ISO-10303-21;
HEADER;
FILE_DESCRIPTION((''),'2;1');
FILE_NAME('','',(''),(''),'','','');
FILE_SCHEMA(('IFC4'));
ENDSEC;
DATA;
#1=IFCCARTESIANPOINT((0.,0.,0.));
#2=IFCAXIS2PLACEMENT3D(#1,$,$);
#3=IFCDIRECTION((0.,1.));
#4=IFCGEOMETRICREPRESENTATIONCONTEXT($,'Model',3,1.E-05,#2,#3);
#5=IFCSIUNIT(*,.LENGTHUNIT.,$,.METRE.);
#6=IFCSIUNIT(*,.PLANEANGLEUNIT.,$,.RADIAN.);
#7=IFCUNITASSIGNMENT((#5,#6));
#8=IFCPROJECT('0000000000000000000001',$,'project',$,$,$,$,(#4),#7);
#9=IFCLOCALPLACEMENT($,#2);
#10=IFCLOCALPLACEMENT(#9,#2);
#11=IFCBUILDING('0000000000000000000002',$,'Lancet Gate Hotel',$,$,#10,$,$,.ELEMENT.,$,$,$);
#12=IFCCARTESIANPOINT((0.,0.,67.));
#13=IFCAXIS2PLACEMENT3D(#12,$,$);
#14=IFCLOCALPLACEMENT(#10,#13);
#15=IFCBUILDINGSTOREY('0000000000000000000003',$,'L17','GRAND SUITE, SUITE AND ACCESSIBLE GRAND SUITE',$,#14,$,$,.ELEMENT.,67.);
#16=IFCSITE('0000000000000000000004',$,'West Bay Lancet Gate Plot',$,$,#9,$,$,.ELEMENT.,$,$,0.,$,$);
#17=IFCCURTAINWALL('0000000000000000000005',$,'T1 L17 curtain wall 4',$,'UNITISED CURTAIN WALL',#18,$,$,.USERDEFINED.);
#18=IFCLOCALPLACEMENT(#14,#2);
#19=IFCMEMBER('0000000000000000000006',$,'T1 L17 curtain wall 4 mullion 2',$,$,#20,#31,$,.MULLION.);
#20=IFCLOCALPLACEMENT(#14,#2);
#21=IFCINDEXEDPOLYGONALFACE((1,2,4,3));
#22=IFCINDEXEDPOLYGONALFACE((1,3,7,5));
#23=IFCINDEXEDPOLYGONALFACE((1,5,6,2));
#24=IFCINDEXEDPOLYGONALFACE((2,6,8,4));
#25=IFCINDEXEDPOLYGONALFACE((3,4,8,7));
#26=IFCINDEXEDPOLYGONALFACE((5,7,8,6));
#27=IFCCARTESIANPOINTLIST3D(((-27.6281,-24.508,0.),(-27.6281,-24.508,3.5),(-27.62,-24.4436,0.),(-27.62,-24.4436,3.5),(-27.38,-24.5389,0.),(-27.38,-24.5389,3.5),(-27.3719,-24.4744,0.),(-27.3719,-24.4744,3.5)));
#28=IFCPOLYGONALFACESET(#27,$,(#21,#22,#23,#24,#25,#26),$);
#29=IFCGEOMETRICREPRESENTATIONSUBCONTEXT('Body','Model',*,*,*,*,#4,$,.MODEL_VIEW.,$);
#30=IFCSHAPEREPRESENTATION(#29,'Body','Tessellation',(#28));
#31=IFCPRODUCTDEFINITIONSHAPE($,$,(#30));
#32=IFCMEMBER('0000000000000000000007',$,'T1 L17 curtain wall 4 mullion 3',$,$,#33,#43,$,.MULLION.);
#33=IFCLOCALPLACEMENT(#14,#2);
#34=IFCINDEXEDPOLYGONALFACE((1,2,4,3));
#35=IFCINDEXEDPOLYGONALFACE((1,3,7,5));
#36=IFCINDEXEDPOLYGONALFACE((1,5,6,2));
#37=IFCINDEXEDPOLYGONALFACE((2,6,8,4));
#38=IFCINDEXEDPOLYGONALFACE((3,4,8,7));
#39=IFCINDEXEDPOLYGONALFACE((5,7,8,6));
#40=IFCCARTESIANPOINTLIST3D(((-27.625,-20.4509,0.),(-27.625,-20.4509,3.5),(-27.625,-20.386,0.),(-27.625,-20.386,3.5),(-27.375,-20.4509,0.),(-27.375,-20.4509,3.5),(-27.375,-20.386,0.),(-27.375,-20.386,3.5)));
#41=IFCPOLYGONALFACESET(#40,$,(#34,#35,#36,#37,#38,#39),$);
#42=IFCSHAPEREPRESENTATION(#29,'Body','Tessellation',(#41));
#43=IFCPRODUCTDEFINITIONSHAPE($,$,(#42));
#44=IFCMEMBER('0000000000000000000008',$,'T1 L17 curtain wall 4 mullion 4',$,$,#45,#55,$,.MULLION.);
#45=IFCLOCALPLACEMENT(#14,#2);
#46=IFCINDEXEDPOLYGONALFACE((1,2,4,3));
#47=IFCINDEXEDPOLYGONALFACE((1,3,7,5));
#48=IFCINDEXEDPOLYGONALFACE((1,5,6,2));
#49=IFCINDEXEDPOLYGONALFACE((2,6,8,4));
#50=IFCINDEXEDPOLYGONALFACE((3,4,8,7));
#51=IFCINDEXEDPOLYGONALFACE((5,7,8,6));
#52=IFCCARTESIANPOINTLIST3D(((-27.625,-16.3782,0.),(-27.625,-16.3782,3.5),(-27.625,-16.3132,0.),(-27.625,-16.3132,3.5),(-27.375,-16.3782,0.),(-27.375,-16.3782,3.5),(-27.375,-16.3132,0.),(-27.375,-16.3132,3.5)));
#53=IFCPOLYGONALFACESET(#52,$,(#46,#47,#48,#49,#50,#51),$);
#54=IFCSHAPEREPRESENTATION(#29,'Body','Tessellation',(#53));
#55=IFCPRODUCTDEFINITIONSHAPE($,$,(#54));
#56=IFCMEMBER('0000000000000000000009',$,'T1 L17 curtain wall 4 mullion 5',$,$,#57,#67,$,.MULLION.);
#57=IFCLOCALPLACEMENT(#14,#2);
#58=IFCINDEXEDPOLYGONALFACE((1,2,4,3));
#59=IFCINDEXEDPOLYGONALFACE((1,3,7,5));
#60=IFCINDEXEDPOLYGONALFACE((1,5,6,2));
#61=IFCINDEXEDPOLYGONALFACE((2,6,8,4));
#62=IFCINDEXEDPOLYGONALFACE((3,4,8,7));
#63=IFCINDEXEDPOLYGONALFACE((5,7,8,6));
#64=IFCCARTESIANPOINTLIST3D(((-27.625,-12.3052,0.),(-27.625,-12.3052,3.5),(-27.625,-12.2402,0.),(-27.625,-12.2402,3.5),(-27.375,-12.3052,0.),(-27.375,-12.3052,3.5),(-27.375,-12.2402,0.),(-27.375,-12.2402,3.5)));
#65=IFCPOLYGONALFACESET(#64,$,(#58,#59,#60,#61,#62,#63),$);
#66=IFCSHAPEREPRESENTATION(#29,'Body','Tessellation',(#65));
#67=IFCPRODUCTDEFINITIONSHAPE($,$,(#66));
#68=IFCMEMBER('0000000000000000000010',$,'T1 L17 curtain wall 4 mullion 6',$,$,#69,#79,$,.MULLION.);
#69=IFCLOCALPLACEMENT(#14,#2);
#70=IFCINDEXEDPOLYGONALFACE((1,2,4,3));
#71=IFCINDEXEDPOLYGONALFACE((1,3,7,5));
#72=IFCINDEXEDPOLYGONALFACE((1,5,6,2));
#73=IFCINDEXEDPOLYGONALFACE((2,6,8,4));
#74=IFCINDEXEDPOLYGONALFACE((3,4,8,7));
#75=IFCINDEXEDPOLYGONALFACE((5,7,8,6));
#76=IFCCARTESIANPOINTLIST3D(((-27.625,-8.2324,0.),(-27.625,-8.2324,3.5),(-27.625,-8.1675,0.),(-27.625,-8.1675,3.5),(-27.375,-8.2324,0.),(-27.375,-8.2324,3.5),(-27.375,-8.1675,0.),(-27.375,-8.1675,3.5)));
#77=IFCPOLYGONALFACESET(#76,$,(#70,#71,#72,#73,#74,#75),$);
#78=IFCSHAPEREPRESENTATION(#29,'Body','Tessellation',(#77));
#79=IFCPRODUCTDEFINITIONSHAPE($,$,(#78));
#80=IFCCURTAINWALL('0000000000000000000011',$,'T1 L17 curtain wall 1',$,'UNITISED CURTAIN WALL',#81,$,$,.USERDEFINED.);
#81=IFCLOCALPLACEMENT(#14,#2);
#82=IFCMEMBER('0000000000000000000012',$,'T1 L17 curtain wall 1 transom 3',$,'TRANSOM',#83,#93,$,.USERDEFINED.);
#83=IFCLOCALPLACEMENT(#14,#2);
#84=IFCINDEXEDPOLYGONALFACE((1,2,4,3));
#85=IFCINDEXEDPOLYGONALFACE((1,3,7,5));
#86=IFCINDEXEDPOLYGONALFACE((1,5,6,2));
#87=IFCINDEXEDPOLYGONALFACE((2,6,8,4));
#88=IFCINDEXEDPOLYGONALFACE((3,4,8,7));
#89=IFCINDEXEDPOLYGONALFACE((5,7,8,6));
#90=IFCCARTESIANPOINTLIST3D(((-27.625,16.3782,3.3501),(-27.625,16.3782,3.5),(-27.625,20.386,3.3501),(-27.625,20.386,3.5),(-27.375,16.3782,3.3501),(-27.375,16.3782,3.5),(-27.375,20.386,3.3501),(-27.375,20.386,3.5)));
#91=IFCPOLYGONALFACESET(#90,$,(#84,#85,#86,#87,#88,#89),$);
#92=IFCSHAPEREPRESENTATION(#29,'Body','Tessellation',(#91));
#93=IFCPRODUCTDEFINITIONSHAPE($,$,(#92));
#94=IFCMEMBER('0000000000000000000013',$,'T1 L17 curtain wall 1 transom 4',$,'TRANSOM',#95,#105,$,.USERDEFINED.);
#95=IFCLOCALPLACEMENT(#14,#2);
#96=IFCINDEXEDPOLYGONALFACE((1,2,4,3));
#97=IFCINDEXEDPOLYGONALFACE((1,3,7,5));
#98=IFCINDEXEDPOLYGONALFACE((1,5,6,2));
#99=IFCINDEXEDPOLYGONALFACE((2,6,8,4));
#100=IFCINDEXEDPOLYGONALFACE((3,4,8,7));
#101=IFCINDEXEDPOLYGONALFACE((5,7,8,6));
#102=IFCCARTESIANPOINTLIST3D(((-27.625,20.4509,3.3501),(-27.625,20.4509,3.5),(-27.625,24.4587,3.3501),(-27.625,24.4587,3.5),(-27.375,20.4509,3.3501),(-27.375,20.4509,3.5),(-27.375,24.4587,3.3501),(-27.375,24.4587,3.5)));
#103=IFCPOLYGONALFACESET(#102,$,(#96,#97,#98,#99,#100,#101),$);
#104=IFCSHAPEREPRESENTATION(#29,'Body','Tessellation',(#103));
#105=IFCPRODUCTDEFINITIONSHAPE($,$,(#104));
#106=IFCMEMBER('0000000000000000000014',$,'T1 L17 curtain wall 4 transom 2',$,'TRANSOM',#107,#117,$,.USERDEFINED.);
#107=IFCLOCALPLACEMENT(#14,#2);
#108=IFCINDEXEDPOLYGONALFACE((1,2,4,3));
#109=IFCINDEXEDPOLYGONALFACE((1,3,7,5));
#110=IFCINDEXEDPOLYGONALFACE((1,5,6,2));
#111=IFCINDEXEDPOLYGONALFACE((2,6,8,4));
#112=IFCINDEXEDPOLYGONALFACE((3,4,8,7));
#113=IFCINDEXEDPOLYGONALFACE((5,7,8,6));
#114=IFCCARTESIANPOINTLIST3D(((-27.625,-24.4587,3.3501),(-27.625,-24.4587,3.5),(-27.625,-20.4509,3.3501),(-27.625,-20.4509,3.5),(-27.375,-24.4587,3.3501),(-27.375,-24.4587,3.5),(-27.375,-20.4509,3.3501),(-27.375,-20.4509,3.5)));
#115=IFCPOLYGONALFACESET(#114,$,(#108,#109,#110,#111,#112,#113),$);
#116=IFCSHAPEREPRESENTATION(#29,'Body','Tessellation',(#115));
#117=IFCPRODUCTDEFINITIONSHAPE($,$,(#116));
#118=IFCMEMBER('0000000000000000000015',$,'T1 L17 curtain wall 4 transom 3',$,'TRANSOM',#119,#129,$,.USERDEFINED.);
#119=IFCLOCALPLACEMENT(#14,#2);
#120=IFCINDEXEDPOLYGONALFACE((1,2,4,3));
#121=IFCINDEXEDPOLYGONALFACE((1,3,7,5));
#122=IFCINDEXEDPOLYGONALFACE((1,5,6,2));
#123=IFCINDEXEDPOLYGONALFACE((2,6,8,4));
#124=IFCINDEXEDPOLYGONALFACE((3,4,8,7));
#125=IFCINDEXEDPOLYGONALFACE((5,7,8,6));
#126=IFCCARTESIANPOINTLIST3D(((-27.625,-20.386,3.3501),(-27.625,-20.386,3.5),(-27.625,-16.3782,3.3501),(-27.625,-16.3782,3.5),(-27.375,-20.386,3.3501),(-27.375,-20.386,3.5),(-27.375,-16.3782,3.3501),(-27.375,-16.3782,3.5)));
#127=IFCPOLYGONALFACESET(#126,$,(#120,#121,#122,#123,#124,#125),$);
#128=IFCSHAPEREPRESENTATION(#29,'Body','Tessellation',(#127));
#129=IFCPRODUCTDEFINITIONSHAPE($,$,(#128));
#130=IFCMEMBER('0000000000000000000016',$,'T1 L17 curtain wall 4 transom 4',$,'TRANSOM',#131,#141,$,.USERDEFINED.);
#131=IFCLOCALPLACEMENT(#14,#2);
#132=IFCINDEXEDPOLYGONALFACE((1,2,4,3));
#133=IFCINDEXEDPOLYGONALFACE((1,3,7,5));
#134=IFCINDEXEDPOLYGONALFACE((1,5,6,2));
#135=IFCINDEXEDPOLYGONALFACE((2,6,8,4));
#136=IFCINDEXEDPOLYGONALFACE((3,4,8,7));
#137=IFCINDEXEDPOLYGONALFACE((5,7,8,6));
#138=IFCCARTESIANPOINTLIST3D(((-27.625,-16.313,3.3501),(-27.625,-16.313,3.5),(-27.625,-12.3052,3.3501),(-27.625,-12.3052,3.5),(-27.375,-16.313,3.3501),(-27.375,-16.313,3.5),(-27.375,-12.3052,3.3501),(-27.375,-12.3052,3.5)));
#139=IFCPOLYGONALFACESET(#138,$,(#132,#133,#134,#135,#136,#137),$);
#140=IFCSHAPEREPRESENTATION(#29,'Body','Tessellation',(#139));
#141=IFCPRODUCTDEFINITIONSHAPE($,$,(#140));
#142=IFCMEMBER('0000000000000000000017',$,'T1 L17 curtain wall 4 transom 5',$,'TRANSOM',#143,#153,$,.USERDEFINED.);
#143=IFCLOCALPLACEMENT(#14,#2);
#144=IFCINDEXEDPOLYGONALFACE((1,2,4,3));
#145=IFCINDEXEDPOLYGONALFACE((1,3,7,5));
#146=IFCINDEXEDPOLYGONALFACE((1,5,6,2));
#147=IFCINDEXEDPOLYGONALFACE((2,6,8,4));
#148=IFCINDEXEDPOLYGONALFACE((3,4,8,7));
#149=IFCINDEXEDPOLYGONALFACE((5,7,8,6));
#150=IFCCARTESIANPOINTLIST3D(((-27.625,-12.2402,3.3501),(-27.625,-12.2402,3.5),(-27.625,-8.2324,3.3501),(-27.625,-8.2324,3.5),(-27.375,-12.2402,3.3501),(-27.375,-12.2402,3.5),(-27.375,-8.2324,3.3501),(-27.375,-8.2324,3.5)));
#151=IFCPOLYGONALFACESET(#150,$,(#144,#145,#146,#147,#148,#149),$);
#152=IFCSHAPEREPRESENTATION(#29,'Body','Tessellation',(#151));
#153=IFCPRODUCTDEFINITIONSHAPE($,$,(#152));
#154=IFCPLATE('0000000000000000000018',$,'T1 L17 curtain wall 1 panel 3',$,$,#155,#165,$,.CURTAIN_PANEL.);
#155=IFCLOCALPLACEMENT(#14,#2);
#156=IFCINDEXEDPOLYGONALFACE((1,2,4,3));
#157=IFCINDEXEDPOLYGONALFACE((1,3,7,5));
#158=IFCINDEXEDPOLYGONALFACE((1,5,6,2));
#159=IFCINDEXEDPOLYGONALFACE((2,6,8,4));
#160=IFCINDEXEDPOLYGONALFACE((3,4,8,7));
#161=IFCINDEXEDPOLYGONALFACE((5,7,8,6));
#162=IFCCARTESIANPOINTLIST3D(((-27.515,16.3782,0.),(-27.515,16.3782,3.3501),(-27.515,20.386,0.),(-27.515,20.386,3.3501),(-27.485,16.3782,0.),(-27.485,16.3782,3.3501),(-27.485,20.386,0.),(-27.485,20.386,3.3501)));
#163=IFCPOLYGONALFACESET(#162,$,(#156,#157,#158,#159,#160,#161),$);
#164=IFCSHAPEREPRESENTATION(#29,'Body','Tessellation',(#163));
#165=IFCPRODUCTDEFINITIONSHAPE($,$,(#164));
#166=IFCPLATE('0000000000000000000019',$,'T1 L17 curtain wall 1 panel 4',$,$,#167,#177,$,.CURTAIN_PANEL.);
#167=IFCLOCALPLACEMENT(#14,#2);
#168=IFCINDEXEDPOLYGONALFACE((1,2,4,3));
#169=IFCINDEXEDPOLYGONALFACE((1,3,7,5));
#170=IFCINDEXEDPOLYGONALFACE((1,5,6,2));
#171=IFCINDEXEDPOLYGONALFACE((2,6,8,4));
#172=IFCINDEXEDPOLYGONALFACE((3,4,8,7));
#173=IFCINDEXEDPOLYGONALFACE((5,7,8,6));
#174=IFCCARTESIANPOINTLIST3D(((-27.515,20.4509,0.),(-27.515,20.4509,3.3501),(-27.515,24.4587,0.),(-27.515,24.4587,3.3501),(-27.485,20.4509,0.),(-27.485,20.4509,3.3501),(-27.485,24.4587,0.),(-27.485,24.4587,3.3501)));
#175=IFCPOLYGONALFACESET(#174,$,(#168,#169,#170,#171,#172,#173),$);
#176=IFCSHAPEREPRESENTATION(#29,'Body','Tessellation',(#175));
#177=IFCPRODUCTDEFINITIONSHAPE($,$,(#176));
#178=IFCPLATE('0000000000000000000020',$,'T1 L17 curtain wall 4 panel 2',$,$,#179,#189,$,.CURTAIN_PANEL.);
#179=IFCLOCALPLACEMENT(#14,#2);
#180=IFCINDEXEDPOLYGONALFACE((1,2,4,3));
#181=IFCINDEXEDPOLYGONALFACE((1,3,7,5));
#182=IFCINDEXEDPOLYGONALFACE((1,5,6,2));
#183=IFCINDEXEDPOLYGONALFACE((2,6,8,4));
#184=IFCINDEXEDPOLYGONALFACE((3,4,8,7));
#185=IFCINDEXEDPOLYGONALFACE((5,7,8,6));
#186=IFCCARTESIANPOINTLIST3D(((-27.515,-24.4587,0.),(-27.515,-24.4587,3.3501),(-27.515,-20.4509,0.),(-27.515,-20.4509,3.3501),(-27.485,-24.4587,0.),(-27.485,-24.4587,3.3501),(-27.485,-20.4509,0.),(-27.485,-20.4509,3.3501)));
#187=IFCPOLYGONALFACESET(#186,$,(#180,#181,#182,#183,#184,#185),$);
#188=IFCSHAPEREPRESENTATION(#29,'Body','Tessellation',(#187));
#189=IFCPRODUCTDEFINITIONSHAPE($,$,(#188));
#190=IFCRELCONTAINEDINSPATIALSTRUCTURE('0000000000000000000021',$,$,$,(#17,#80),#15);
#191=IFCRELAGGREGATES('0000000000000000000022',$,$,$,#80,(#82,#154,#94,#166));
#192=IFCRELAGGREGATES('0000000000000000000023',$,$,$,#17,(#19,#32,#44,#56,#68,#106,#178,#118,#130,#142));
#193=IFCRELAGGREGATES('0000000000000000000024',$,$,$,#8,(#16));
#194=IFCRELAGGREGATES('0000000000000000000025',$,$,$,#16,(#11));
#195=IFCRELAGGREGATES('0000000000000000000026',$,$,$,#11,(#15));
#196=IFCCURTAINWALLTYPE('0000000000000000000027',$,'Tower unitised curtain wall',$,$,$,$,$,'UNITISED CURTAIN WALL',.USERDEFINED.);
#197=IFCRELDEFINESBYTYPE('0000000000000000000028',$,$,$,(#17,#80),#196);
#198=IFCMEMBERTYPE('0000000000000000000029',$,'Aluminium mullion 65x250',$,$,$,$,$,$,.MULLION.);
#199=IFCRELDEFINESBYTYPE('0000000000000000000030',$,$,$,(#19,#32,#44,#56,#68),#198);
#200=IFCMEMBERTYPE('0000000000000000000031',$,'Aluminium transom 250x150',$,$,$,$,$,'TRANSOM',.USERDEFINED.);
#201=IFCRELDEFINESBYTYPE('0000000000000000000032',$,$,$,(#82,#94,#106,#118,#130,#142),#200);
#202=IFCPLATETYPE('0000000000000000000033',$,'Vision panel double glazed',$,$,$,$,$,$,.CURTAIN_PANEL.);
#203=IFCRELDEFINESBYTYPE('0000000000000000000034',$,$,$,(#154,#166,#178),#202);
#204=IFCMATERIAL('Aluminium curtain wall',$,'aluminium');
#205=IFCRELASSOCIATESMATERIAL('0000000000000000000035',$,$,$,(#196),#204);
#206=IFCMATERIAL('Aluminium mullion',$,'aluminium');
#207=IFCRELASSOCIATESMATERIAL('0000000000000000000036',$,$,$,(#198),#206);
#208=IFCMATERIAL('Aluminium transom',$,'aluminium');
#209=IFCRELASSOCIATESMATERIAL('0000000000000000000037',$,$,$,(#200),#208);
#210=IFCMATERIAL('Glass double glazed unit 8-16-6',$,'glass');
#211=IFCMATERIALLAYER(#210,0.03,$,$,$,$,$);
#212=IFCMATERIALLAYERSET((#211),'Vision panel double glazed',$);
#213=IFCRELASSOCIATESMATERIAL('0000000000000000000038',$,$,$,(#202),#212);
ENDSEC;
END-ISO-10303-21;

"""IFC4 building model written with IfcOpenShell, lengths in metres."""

from ifc_helpers import new_model, si_unit, direction, frame, origin, origin_2d, place, context, subcontext, project, spatial, rectangle, extrude, material, layer, layer_set, material_profile, profile_set, type_object, element, aggregate, save


model = new_model("IFC4")

# Units and contexts
model_context = context("Model", 3, precision=1e-05, world=origin(), true_north=direction((0.0, 1.0)))
body_context = subcontext(model_context, "Body", "Model", "MODEL_VIEW")
ifc_project = project(units=[si_unit("LENGTHUNIT", "METRE"), si_unit("PLANEANGLEUNIT", "RADIAN")], contexts=[model_context])

# Site, building, storey
site_placement = place(None, origin())
site = spatial("IfcSite", under=ifc_project, at=site_placement, Name="West Bay Lancet Gate Plot", CompositionType="ELEMENT", RefElevation=0.0)
building_placement = place(site_placement, origin())
building = spatial("IfcBuilding", under=site, at=building_placement, Name="Lancet Gate Hotel", CompositionType="ELEMENT")
storey_placement = place(building_placement, frame((0.0, 0.0, 67.0)))
storey = spatial("IfcBuildingStorey", under=building, at=storey_placement, Name="L17", Description="GRAND SUITE, SUITE AND ACCESSIBLE GRAND SUITE", CompositionType="ELEMENT", Elevation=67.0)

# Curtain walls, members
ifc_material_1 = material(Name="Aluminium curtain wall", Category="aluminium")
curtain_wall_type = type_object("IfcCurtainWallType", Name="Tower unitised curtain wall", ElementType="UNITISED CURTAIN WALL", PredefinedType="USERDEFINED", material=ifc_material_1)
curtain_wall_1_placement = place(storey_placement, origin())
curtain_wall_1 = element("IfcCurtainWall", 1, at=curtain_wall_1_placement, inside=storey, type_object=curtain_wall_type, Name="T1 L17 curtain wall 4", ObjectType="UNITISED CURTAIN WALL", PredefinedType="USERDEFINED")
ifc_material_2 = material(Name="Aluminium mullion", Category="aluminium")
ifc_material_profile_1 = material_profile(ifc_material_2, rectangle(XDim=0.0649, YDim=0.25, at=origin_2d()), Name="MULLION 65x250")
ifc_profile_set_1 = profile_set([ifc_material_profile_1], Name="Aluminium mullion")
member_type_1 = type_object("IfcMemberType", Name="Aluminium mullion 65x250", PredefinedType="MULLION", material=ifc_profile_set_1)
member_1_placement = place(storey_placement, frame((-27.5, -24.4912, 0.0), z_axis=(0.0, 0.0, 1.0), x_axis=(0.123483, 0.992347, 0.0)))
member_1 = element("IfcMember", 2, at=member_1_placement, type_object=member_type_1, Name="T1 L17 curtain wall 4 mullion 2", PredefinedType="MULLION", context=body_context, shape_type="SweptSolid", body=[
    extrude(rectangle(XDim=0.0649, YDim=0.25, at=origin_2d()), origin(), (0.0, 0.0, 1.0), 3.5),
])
member_2_placement = place(storey_placement, frame((-27.5, -20.4185, 0.0), z_axis=(0.0, 0.0, 1.0), x_axis=(0.0, 1.0, 0.0)))
member_2 = element("IfcMember", 3, at=member_2_placement, type_object=member_type_1, Name="T1 L17 curtain wall 4 mullion 3", PredefinedType="MULLION", context=body_context, shape_type="SweptSolid", body=[
    extrude(rectangle(XDim=0.0649, YDim=0.25, at=origin_2d()), origin(), (0.0, 0.0, 1.0), 3.5),
])
member_3_placement = place(storey_placement, frame((-27.5, -16.3457, 0.0), z_axis=(0.0, 0.0, 1.0), x_axis=(0.0, 1.0, 0.0)))
member_3 = element("IfcMember", 4, at=member_3_placement, type_object=member_type_1, Name="T1 L17 curtain wall 4 mullion 4", PredefinedType="MULLION", context=body_context, shape_type="SweptSolid", body=[
    extrude(rectangle(XDim=0.0649, YDim=0.25, at=origin_2d()), origin(), (0.0, 0.0, 1.0), 3.5),
])
member_4_placement = place(storey_placement, frame((-27.5, -12.2727, 0.0), z_axis=(0.0, 0.0, 1.0), x_axis=(0.0, 1.0, 0.0)))
member_4 = element("IfcMember", 5, at=member_4_placement, type_object=member_type_1, Name="T1 L17 curtain wall 4 mullion 5", PredefinedType="MULLION", context=body_context, shape_type="SweptSolid", body=[
    extrude(rectangle(XDim=0.0649, YDim=0.25, at=origin_2d()), origin(), (0.0, 0.0, 1.0), 3.5),
])
member_5_placement = place(storey_placement, frame((-27.5, -8.2, 0.0), z_axis=(0.0, 0.0, 1.0), x_axis=(0.0, 1.0, 0.0)))
member_5 = element("IfcMember", 6, at=member_5_placement, type_object=member_type_1, Name="T1 L17 curtain wall 4 mullion 6", PredefinedType="MULLION", context=body_context, shape_type="SweptSolid", body=[
    extrude(rectangle(XDim=0.0649, YDim=0.25, at=origin_2d()), origin(), (0.0, 0.0, 1.0), 3.5),
])
curtain_wall_2_placement = place(storey_placement, origin())
curtain_wall_2 = element("IfcCurtainWall", 7, at=curtain_wall_2_placement, inside=storey, type_object=curtain_wall_type, Name="T1 L17 curtain wall 1", ObjectType="UNITISED CURTAIN WALL", PredefinedType="USERDEFINED")
ifc_material_3 = material(Name="Aluminium transom", Category="aluminium")
ifc_material_profile_2 = material_profile(ifc_material_3, rectangle(XDim=0.25, YDim=0.1499, at=origin_2d()), Name="TRANSOM 250x150")
ifc_profile_set_2 = profile_set([ifc_material_profile_2], Name="Aluminium transom")
member_type_2 = type_object("IfcMemberType", Name="Aluminium transom 250x150", ElementType="TRANSOM", PredefinedType="USERDEFINED", material=ifc_profile_set_2)
member_6_placement = place(storey_placement, frame((-27.5, 16.3782, 3.425), z_axis=(0.0, 1.0, 0.0), x_axis=(-1.0, 0.0, 0.0)))
member_6 = element("IfcMember", 8, at=member_6_placement, type_object=member_type_2, Name="T1 L17 curtain wall 1 transom 3", ObjectType="TRANSOM", PredefinedType="USERDEFINED", context=body_context, shape_type="SweptSolid", body=[
    extrude(rectangle(XDim=0.25, YDim=0.1499, at=origin_2d()), origin(), (0.0, 0.0, 1.0), 4.0078),
])
member_7_placement = place(storey_placement, frame((-27.5, 20.4509, 3.425), z_axis=(0.0, 1.0, 0.0), x_axis=(-1.0, 0.0, 0.0)))
member_7 = element("IfcMember", 9, at=member_7_placement, type_object=member_type_2, Name="T1 L17 curtain wall 1 transom 4", ObjectType="TRANSOM", PredefinedType="USERDEFINED", context=body_context, shape_type="SweptSolid", body=[
    extrude(rectangle(XDim=0.25, YDim=0.1499, at=origin_2d()), origin(), (0.0, 0.0, 1.0), 4.0078),
])

# Members
member_8_placement = place(storey_placement, frame((-27.5, -24.4587, 3.425), z_axis=(0.0, 1.0, 0.0), x_axis=(-1.0, 0.0, 0.0)))
member_8 = element("IfcMember", 10, at=member_8_placement, type_object=member_type_2, Name="T1 L17 curtain wall 4 transom 2", ObjectType="TRANSOM", PredefinedType="USERDEFINED", context=body_context, shape_type="SweptSolid", body=[
    extrude(rectangle(XDim=0.25, YDim=0.1499, at=origin_2d()), origin(), (0.0, 0.0, 1.0), 4.0078),
])
member_9_placement = place(storey_placement, frame((-27.5, -20.386, 3.425), z_axis=(0.0, 1.0, 0.0), x_axis=(-1.0, 0.0, 0.0)))
member_9 = element("IfcMember", 11, at=member_9_placement, type_object=member_type_2, Name="T1 L17 curtain wall 4 transom 3", ObjectType="TRANSOM", PredefinedType="USERDEFINED", context=body_context, shape_type="SweptSolid", body=[
    extrude(rectangle(XDim=0.25, YDim=0.1499, at=origin_2d()), origin(), (0.0, 0.0, 1.0), 4.0078),
])
member_10_placement = place(storey_placement, frame((-27.5, -16.313, 3.425), z_axis=(0.0, 1.0, 0.0), x_axis=(-1.0, 0.0, 0.0)))
member_10 = element("IfcMember", 12, at=member_10_placement, type_object=member_type_2, Name="T1 L17 curtain wall 4 transom 4", ObjectType="TRANSOM", PredefinedType="USERDEFINED", context=body_context, shape_type="SweptSolid", body=[
    extrude(rectangle(XDim=0.25, YDim=0.1499, at=origin_2d()), origin(), (0.0, 0.0, 1.0), 4.0078),
])
member_11_placement = place(storey_placement, frame((-27.5, -12.2402, 3.425), z_axis=(0.0, 1.0, 0.0), x_axis=(-1.0, 0.0, 0.0)))
member_11 = element("IfcMember", 13, at=member_11_placement, type_object=member_type_2, Name="T1 L17 curtain wall 4 transom 5", ObjectType="TRANSOM", PredefinedType="USERDEFINED", context=body_context, shape_type="SweptSolid", body=[
    extrude(rectangle(XDim=0.25, YDim=0.1499, at=origin_2d()), origin(), (0.0, 0.0, 1.0), 4.0078),
])

# Plates
ifc_material_4 = material(Name="Glass double glazed unit 8-16-6", Category="glass")
ifc_layer = layer(ifc_material_4, 0.03)
ifc_layer_set = layer_set([ifc_layer], Name="Vision panel double glazed")
plate_type = type_object("IfcPlateType", Name="Vision panel double glazed", PredefinedType="CURTAIN_PANEL", material=ifc_layer_set)
plate_1_placement = place(storey_placement, frame((-27.5, 18.3821, 0.0), z_axis=(0.0, 0.0, 1.0), x_axis=(0.0, 1.0, 0.0)))
plate_1 = element("IfcPlate", 14, at=plate_1_placement, type_object=plate_type, Name="T1 L17 curtain wall 1 panel 3", PredefinedType="CURTAIN_PANEL", context=body_context, shape_type="SweptSolid", body=[
    extrude(rectangle(XDim=4.0078, YDim=0.03, at=origin_2d()), origin(), (0.0, 0.0, 1.0), 3.3501),
])
plate_2_placement = place(storey_placement, frame((-27.5, 22.4548, 0.0), z_axis=(0.0, 0.0, 1.0), x_axis=(0.0, 1.0, 0.0)))
plate_2 = element("IfcPlate", 15, at=plate_2_placement, type_object=plate_type, Name="T1 L17 curtain wall 1 panel 4", PredefinedType="CURTAIN_PANEL", context=body_context, shape_type="SweptSolid", body=[
    extrude(rectangle(XDim=4.0078, YDim=0.03, at=origin_2d()), origin(), (0.0, 0.0, 1.0), 3.3501),
])
aggregate(curtain_wall_2, [member_6, plate_1, member_7, plate_2])
plate_3_placement = place(storey_placement, frame((-27.5, -22.4548, 0.0), z_axis=(0.0, 0.0, 1.0), x_axis=(0.0, 1.0, 0.0)))
plate_3 = element("IfcPlate", 16, at=plate_3_placement, type_object=plate_type, Name="T1 L17 curtain wall 4 panel 2", PredefinedType="CURTAIN_PANEL", context=body_context, shape_type="SweptSolid", body=[
    extrude(rectangle(XDim=4.0078, YDim=0.03, at=origin_2d()), origin(), (0.0, 0.0, 1.0), 3.3501),
])
aggregate(curtain_wall_1, [member_1, member_2, member_3, member_4, member_5, member_8, plate_3, member_9, member_10, member_11])

save(model, "model.ifc")
